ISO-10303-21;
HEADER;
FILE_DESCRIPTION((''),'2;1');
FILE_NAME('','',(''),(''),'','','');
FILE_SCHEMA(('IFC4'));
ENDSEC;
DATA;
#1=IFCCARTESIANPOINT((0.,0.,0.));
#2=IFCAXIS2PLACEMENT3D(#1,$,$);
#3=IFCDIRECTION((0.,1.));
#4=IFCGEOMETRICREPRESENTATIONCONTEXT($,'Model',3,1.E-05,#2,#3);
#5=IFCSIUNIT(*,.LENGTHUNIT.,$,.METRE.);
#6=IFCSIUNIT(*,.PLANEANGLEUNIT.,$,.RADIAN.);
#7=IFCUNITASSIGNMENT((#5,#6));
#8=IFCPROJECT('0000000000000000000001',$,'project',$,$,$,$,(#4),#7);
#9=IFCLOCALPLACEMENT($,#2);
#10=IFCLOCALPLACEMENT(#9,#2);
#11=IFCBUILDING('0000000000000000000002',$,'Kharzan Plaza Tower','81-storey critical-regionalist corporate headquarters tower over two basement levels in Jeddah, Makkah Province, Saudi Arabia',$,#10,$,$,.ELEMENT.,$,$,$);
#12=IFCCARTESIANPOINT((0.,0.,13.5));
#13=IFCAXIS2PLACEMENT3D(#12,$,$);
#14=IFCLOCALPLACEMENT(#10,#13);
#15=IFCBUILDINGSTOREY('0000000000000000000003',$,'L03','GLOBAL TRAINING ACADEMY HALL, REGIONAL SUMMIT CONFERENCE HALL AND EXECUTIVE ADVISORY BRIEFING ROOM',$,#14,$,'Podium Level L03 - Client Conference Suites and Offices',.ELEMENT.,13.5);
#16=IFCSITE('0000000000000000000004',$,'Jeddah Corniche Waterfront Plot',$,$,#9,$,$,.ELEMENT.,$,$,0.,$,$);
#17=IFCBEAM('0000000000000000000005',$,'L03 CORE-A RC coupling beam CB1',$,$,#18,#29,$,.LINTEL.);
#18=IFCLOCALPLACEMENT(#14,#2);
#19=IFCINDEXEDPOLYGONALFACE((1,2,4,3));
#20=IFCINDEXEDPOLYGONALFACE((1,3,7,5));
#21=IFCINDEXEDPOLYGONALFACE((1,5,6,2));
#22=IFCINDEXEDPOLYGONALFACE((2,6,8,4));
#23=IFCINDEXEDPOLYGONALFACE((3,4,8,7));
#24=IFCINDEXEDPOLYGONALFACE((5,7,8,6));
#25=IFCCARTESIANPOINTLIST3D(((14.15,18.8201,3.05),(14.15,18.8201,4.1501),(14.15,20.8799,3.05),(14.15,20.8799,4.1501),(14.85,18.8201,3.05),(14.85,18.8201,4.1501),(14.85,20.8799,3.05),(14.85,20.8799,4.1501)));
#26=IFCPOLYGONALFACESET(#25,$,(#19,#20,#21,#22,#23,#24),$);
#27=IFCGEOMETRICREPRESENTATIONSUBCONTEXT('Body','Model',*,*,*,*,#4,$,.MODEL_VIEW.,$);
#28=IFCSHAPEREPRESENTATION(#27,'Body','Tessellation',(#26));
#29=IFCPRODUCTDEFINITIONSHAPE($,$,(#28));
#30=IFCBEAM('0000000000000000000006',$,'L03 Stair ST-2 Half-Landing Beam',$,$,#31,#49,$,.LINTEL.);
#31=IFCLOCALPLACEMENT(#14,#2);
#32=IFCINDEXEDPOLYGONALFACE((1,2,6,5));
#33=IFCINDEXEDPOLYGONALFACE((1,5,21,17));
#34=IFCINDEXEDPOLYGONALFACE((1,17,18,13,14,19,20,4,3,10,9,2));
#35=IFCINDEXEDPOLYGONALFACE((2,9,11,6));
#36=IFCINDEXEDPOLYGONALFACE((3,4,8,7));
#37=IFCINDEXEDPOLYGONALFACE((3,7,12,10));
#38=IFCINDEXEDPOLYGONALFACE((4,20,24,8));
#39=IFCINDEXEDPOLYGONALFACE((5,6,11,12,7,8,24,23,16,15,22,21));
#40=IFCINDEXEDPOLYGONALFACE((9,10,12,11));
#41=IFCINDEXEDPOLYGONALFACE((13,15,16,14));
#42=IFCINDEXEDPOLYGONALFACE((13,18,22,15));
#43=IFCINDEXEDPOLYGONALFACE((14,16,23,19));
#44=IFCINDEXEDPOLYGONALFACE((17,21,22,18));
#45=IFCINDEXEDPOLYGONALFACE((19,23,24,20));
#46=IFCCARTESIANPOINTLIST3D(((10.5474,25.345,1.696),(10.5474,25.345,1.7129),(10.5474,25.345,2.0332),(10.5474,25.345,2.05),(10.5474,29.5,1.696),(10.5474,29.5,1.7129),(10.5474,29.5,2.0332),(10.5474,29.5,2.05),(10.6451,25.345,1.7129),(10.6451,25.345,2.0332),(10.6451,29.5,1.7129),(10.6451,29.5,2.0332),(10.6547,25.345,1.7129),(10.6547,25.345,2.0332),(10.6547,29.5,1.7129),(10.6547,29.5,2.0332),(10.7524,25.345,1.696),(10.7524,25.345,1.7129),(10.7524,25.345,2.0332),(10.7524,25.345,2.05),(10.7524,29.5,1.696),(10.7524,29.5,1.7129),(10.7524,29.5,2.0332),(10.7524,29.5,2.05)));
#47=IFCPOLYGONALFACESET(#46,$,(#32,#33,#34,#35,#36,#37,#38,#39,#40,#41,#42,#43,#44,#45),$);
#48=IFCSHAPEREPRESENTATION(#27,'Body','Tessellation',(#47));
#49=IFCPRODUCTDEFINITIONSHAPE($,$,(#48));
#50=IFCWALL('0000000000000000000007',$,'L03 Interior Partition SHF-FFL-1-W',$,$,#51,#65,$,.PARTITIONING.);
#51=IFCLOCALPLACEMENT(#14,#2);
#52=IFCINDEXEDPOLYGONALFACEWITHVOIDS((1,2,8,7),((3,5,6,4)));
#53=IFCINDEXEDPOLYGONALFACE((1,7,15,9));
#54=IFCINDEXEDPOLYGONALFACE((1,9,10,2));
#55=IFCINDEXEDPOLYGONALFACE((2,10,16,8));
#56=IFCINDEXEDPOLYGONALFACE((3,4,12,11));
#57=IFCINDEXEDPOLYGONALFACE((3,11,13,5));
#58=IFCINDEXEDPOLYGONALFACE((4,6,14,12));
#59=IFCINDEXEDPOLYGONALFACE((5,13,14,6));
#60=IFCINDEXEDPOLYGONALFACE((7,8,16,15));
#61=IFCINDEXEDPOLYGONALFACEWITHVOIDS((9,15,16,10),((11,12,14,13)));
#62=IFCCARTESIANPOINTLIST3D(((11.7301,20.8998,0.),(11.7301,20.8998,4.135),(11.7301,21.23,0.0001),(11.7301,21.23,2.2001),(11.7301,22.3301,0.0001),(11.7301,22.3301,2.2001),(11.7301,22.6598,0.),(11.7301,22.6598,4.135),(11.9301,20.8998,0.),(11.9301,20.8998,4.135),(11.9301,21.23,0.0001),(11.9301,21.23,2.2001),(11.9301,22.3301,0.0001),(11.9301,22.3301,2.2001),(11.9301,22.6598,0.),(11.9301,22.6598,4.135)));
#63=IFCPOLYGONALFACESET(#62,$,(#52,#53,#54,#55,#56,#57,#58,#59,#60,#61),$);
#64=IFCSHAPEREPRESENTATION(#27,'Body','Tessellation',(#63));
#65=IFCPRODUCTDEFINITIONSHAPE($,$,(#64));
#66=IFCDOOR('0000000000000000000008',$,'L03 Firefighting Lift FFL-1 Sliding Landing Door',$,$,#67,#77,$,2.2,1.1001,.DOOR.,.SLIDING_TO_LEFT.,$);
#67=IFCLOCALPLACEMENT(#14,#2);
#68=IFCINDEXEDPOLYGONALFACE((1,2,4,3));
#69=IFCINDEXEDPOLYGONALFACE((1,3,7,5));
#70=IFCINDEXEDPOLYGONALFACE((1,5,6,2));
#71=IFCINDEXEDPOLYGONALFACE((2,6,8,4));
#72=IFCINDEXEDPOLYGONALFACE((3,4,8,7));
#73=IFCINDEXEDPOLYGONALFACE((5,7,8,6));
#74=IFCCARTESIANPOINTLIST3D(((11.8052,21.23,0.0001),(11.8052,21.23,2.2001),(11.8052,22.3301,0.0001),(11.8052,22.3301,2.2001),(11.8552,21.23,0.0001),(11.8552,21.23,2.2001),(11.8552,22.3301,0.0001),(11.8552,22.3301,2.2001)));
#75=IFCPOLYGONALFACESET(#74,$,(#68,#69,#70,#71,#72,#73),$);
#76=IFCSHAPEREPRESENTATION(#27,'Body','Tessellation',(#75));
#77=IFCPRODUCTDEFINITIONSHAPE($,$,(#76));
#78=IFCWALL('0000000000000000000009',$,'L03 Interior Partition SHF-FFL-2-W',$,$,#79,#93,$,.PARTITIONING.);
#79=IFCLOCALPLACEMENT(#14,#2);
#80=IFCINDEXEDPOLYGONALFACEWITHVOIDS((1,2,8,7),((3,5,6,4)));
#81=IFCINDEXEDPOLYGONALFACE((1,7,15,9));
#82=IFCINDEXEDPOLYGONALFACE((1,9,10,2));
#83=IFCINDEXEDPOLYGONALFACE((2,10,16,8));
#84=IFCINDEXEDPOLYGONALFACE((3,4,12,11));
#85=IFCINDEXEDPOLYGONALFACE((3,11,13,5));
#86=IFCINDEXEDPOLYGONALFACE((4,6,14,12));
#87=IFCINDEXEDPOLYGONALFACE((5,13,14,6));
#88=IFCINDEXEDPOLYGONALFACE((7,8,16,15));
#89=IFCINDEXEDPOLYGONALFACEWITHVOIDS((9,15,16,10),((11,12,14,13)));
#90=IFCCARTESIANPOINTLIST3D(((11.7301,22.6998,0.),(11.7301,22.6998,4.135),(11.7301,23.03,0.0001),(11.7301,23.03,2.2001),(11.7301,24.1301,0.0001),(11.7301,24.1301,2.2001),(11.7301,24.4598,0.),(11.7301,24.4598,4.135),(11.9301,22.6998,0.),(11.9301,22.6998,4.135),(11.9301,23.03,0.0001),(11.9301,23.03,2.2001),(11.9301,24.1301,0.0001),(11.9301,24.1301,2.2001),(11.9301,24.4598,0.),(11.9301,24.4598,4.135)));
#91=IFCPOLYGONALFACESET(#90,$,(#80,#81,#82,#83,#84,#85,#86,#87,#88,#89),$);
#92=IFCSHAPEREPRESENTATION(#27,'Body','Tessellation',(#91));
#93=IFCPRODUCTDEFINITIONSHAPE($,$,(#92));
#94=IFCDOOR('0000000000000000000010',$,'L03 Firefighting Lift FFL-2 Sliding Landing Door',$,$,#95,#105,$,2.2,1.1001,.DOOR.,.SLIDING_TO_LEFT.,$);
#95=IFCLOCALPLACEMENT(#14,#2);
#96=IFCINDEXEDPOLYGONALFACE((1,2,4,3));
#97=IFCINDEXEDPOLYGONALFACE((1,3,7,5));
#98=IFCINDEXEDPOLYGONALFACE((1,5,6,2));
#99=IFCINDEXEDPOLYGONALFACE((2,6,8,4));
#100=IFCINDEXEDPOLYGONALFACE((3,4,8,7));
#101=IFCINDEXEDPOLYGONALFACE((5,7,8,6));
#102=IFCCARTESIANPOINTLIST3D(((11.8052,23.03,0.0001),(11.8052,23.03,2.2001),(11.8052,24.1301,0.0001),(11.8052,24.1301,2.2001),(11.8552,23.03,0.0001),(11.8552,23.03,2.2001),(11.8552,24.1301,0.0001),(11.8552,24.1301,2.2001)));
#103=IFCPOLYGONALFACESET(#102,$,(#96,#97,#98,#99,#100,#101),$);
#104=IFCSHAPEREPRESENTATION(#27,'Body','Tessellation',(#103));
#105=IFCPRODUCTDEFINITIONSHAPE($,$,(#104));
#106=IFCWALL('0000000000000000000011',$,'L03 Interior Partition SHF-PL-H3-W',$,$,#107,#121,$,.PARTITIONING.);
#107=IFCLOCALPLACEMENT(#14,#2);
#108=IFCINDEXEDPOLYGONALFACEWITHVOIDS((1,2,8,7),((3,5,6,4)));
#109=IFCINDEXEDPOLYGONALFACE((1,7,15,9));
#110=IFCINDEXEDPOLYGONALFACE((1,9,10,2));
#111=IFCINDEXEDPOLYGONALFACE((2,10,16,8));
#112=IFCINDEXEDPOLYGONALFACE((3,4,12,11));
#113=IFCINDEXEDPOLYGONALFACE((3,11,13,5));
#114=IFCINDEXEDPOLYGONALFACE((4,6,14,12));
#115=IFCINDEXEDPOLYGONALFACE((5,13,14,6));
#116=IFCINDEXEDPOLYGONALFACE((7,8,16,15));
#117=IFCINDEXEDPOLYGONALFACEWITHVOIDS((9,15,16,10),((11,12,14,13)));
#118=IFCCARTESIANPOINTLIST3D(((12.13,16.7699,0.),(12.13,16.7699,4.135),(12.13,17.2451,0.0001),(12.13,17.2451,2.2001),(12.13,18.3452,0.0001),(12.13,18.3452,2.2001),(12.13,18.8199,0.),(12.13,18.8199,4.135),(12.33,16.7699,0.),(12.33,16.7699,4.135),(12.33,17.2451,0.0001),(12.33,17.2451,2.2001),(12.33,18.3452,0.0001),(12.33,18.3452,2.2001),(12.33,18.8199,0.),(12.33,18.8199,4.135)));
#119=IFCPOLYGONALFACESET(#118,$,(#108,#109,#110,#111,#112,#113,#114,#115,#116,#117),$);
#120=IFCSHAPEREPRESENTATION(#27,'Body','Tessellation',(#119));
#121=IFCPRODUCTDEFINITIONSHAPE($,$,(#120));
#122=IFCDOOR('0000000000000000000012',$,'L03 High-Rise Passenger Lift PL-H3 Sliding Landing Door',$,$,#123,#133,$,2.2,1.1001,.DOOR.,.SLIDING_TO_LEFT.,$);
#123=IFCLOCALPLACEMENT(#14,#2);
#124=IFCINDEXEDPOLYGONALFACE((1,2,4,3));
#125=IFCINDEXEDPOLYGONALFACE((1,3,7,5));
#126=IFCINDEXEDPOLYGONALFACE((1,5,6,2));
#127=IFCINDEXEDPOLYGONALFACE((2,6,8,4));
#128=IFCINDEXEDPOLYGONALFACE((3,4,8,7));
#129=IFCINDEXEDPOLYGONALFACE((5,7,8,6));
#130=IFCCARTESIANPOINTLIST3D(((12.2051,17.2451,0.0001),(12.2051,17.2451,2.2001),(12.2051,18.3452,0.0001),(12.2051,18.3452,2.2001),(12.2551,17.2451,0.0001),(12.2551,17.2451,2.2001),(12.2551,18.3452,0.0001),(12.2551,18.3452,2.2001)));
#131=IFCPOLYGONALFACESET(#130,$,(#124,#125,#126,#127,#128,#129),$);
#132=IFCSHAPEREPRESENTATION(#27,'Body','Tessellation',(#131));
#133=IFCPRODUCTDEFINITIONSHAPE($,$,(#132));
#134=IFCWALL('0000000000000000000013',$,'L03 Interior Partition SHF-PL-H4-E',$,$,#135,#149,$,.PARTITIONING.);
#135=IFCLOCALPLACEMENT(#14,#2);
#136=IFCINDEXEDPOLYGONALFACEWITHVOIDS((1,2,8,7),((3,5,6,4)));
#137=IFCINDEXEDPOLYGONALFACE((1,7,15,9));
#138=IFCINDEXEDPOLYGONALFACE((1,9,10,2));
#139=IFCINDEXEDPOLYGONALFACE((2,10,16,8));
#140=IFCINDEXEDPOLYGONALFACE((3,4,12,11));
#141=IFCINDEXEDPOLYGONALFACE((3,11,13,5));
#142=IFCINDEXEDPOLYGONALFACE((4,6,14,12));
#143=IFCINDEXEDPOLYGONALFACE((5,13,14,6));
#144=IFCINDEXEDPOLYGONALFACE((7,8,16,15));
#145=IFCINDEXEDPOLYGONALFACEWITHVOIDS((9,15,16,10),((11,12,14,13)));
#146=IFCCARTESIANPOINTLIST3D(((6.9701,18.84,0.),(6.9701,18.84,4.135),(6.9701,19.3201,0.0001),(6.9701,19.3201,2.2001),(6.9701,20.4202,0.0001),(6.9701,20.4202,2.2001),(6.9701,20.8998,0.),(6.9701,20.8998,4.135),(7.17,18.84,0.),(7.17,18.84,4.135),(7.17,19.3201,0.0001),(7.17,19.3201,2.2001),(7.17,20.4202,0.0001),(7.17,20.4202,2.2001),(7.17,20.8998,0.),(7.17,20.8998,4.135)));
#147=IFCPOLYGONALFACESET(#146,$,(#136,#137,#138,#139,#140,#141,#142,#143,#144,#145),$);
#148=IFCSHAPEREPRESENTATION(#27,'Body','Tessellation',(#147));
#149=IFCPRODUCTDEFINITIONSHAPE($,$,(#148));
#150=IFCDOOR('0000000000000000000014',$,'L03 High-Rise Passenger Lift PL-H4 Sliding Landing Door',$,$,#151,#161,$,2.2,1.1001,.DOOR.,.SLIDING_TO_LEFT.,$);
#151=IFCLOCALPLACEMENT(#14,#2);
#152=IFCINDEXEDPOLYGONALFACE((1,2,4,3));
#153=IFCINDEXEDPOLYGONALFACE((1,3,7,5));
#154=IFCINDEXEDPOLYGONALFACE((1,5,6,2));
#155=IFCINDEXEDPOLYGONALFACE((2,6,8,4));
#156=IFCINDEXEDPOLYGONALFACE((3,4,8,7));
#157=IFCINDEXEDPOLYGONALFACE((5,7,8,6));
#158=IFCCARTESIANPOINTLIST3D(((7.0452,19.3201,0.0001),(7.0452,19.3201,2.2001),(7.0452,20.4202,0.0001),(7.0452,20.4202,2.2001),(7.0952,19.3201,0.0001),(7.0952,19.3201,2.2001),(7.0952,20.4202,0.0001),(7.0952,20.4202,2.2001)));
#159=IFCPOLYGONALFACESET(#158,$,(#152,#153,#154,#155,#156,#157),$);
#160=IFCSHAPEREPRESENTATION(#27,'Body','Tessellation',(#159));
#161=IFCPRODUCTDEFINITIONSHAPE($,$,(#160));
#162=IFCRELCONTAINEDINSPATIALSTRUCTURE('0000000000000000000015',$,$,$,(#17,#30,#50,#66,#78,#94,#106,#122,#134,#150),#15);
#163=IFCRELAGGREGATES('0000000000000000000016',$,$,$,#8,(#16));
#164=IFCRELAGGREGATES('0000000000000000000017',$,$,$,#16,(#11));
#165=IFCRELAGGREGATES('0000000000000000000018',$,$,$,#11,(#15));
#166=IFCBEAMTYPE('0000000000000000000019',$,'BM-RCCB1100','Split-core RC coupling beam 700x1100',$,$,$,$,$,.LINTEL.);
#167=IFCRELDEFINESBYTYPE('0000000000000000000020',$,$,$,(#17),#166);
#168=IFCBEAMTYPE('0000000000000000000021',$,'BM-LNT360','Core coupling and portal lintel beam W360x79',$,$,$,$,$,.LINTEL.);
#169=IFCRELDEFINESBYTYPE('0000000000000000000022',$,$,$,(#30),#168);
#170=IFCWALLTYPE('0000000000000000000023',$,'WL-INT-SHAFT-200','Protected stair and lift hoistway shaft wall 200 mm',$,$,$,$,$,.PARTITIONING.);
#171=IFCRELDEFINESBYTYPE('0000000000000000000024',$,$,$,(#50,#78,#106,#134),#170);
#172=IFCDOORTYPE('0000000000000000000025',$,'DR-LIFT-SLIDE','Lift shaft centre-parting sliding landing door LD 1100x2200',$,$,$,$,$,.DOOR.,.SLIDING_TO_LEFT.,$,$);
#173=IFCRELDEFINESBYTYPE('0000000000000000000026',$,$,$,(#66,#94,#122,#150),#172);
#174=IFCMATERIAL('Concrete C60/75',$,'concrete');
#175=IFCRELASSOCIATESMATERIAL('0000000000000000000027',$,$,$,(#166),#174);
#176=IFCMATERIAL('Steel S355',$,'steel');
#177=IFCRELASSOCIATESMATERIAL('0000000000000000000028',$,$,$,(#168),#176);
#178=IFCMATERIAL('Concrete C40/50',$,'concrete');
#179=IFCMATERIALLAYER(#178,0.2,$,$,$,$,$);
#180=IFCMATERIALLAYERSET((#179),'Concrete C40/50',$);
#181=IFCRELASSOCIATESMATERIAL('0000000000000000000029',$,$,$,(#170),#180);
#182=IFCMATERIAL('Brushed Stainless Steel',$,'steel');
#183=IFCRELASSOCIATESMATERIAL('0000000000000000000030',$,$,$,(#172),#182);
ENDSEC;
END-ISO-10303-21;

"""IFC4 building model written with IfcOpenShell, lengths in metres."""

from ifc_helpers import new_model, si_unit, direction, frame, frame_2d, origin, origin_2d, place, context, subcontext, project, spatial, rectangle, i_section, extrude, source, transform, mapped, material, layer, layer_set, material_profile, profile_set, type_object, element, fill, save


model = new_model("IFC4")

# Units and contexts
model_context = context("Model", 3, precision=1e-05, world=origin(), true_north=direction((0.0, 1.0)))
body_context = subcontext(model_context, "Body", "Model", "MODEL_VIEW")
ifc_project = project(units=[si_unit("LENGTHUNIT", "METRE"), si_unit("PLANEANGLEUNIT", "RADIAN")], contexts=[model_context])

# Site, building, storey
site_placement = place(None, origin())
site = spatial("IfcSite", under=ifc_project, at=site_placement, Name="Jeddah Corniche Waterfront Plot", CompositionType="ELEMENT", RefElevation=0.0)
building_placement = place(site_placement, origin())
building = spatial("IfcBuilding", under=site, at=building_placement, Name="Kharzan Plaza Tower", Description="81-storey critical-regionalist corporate headquarters tower over two basement levels in Jeddah, Makkah Province, Saudi Arabia", CompositionType="ELEMENT")
storey_placement = place(building_placement, frame((0.0, 0.0, 13.5)))
storey = spatial("IfcBuildingStorey", under=building, at=storey_placement, Name="L03", Description="GLOBAL TRAINING ACADEMY HALL, REGIONAL SUMMIT CONFERENCE HALL AND EXECUTIVE ADVISORY BRIEFING ROOM", LongName="Podium Level L03 - Client Conference Suites and Offices", CompositionType="ELEMENT", Elevation=13.5)

# Beams
ifc_material_1 = material(Name="Concrete C60/75", Category="concrete")
ifc_material_profile_1 = material_profile(ifc_material_1, rectangle(XDim=0.7, YDim=1.1001, at=origin_2d()), Name="RC-CB1100x700")
ifc_profile_set_1 = profile_set([ifc_material_profile_1], Name="Concrete C60/75")
beam_type_1 = type_object("IfcBeamType", Name="BM-RCCB1100", Description="Split-core RC coupling beam 700x1100", PredefinedType="LINTEL", material=ifc_profile_set_1)
shared_shape_1 = source(origin(), body_context, "Body", "SweptSolid", [
    extrude(rectangle(XDim=0.7, YDim=1.1001, at=origin_2d()), origin(), (0.0, 0.0, 1.0), 2.0598),
])
beam_1_placement = place(storey_placement, frame((14.5, 18.8201, 3.6001), z_axis=(0.0, 1.0, 0.0), x_axis=(-1.0, 0.0, 0.0)))
element("IfcBeam", 1, at=beam_1_placement, inside=storey, type_object=beam_type_1, Name="L03 CORE-A RC coupling beam CB1", PredefinedType="LINTEL", context=body_context, shape_type="MappedRepresentation", body=[
    mapped(shared_shape_1, transform((0.0, 0.0, 0.0), x_axis=(1.0, 0.0, 0.0), y_axis=(0.0, 1.0, 0.0), z_axis=(0.0, 0.0, 1.0))),
])
ifc_material_2 = material(Name="Steel S355", Category="steel")
ifc_material_profile_2 = material_profile(ifc_material_2, i_section(OverallWidth=0.2051, OverallDepth=0.354, WebThickness=0.0095, FlangeThickness=0.0168, at=origin_2d()), Name="W360x79")
ifc_profile_set_2 = profile_set([ifc_material_profile_2], Name="Steel S355")
beam_type_2 = type_object("IfcBeamType", Name="BM-LNT360", Description="Core coupling and portal lintel beam W360x79", PredefinedType="LINTEL", material=ifc_profile_set_2)
shared_shape_2 = source(origin(), body_context, "Body", "SweptSolid", [
    extrude(i_section(OverallWidth=0.2051, OverallDepth=0.354, WebThickness=0.0095, FlangeThickness=0.0168, at=origin_2d()), origin(), (0.0, 0.0, 1.0), 4.155),
])
beam_2_placement = place(storey_placement, frame((10.6499, 25.345, 1.873), z_axis=(0.0, 1.0, 0.0), x_axis=(-1.0, 0.0, 0.0)))
element("IfcBeam", 2, at=beam_2_placement, inside=storey, type_object=beam_type_2, Name="L03 Stair ST-2 Half-Landing Beam", PredefinedType="LINTEL", context=body_context, shape_type="MappedRepresentation", body=[
    mapped(shared_shape_2, transform((0.0, 0.0, 0.0), x_axis=(1.0, 0.0, 0.0), y_axis=(0.0, 1.0, 0.0), z_axis=(0.0, 0.0, 1.0))),
])

# Walls, openings, doors
ifc_material_3 = material(Name="Concrete C40/50", Category="concrete")
ifc_layer_1 = layer(ifc_material_3, 0.2)
ifc_layer_set_1 = layer_set([ifc_layer_1], Name="Concrete C40/50")
wall_type_1 = type_object("IfcWallType", Name="WL-INT-SHAFT-200", Description="Protected stair and lift hoistway shaft wall 200 mm", PredefinedType="PARTITIONING", material=ifc_layer_set_1)
wall_1_placement = place(storey_placement, frame((11.8301, 20.8999, 0.0), z_axis=(0.0, 0.0, 1.0), x_axis=(0.0, 1.0, 0.0)))
wall_1 = element("IfcWall", 3, at=wall_1_placement, inside=storey, type_object=wall_type_1, Name="L03 Interior Partition SHF-FFL-1-W", PredefinedType="PARTITIONING", context=body_context, shape_type="SweptSolid", body=[
    extrude(rectangle(XDim=1.76, YDim=0.2, at=frame_2d((0.8799, 0.0))), origin(), (0.0, 0.0, 1.0), 4.135),
])
opening_1_placement = place(wall_1_placement, frame((0.3301, 0.0, 0.0)))
opening_1 = element("IfcOpeningElement", 4, at=opening_1_placement, cuts=wall_1, PredefinedType="OPENING", context=body_context, shape_type="SweptSolid", body=[
    extrude(rectangle(XDim=1.1001, YDim=2.2, at=frame_2d((0.55, 1.1001))), frame((0.0, 0.1099, 0.0), z_axis=(0.0, -1.0, 0.0), x_axis=(1.0, 0.0, 0.0)), (0.0, 0.0, 1.0), 0.22),
])
ifc_material_4 = material(Name="Brushed Stainless Steel", Category="steel")
door_type_1 = type_object("IfcDoorType", Name="DR-LIFT-SLIDE", Description="Lift shaft centre-parting sliding landing door LD 1100x2200", OperationType="SLIDING_TO_LEFT", PredefinedType="DOOR", material=ifc_material_4)
shared_shape_3 = source(origin(), body_context, "Body", "SweptSolid", [
    extrude(rectangle(XDim=1.1001, YDim=2.2, at=frame_2d((0.55, 1.1001))), frame((0.0, 0.0249, 0.0), z_axis=(0.0, -1.0, 0.0), x_axis=(1.0, 0.0, 0.0)), (0.0, 0.0, 1.0), 0.05),
])
door_1_placement = place(opening_1_placement, origin())
door_1 = element("IfcDoor", 5, at=door_1_placement, inside=storey, type_object=door_type_1, Name="L03 Firefighting Lift FFL-1 Sliding Landing Door", OperationType="SLIDING_TO_LEFT", OverallHeight=2.2, OverallWidth=1.1001, PredefinedType="DOOR", context=body_context, shape_type="MappedRepresentation", body=[
    mapped(shared_shape_3, transform((0.0, 0.0, 0.0), x_axis=(1.0, 0.0, 0.0), y_axis=(0.0, 1.0, 0.0), z_axis=(0.0, 0.0, 1.0))),
])
fill(opening_1, door_1)
wall_2_placement = place(storey_placement, frame((11.8301, 22.7, 0.0), z_axis=(0.0, 0.0, 1.0), x_axis=(0.0, 1.0, 0.0)))
wall_2 = element("IfcWall", 6, at=wall_2_placement, inside=storey, type_object=wall_type_1, Name="L03 Interior Partition SHF-FFL-2-W", PredefinedType="PARTITIONING", context=body_context, shape_type="SweptSolid", body=[
    extrude(rectangle(XDim=1.76, YDim=0.2, at=frame_2d((0.8799, 0.0))), origin(), (0.0, 0.0, 1.0), 4.135),
])
opening_2_placement = place(wall_2_placement, frame((0.3301, 0.0, 0.0)))
opening_2 = element("IfcOpeningElement", 7, at=opening_2_placement, cuts=wall_2, PredefinedType="OPENING", context=body_context, shape_type="SweptSolid", body=[
    extrude(rectangle(XDim=1.1001, YDim=2.2, at=frame_2d((0.55, 1.1001))), frame((0.0, 0.1099, 0.0), z_axis=(0.0, -1.0, 0.0), x_axis=(1.0, 0.0, 0.0)), (0.0, 0.0, 1.0), 0.22),
])
door_2_placement = place(opening_2_placement, origin())
door_2 = element("IfcDoor", 8, at=door_2_placement, inside=storey, type_object=door_type_1, Name="L03 Firefighting Lift FFL-2 Sliding Landing Door", OperationType="SLIDING_TO_LEFT", OverallHeight=2.2, OverallWidth=1.1001, PredefinedType="DOOR", context=body_context, shape_type="MappedRepresentation", body=[
    mapped(shared_shape_3, transform((0.0, 0.0, 0.0), x_axis=(1.0, 0.0, 0.0), y_axis=(0.0, 1.0, 0.0), z_axis=(0.0, 0.0, 1.0))),
])
fill(opening_2, door_2)
wall_3_placement = place(storey_placement, frame((12.23, 16.77, 0.0), z_axis=(0.0, 0.0, 1.0), x_axis=(0.0, 1.0, 0.0)))
wall_3 = element("IfcWall", 9, at=wall_3_placement, inside=storey, type_object=wall_type_1, Name="L03 Interior Partition SHF-PL-H3-W", PredefinedType="PARTITIONING", context=body_context, shape_type="SweptSolid", body=[
    extrude(rectangle(XDim=2.05, YDim=0.2, at=frame_2d((1.0249, 0.0))), origin(), (0.0, 0.0, 1.0), 4.135),
])
opening_3_placement = place(wall_3_placement, frame((0.4751, 0.0, 0.0)))
opening_3 = element("IfcOpeningElement", 10, at=opening_3_placement, cuts=wall_3, PredefinedType="OPENING", context=body_context, shape_type="SweptSolid", body=[
    extrude(rectangle(XDim=1.1001, YDim=2.2, at=frame_2d((0.55, 1.1001))), frame((0.0, 0.1099, 0.0), z_axis=(0.0, -1.0, 0.0), x_axis=(1.0, 0.0, 0.0)), (0.0, 0.0, 1.0), 0.22),
])
door_3_placement = place(opening_3_placement, origin())
door_3 = element("IfcDoor", 11, at=door_3_placement, inside=storey, type_object=door_type_1, Name="L03 High-Rise Passenger Lift PL-H3 Sliding Landing Door", OperationType="SLIDING_TO_LEFT", OverallHeight=2.2, OverallWidth=1.1001, PredefinedType="DOOR", context=body_context, shape_type="MappedRepresentation", body=[
    mapped(shared_shape_3, transform((0.0, 0.0, 0.0), x_axis=(1.0, 0.0, 0.0), y_axis=(0.0, 1.0, 0.0), z_axis=(0.0, 0.0, 1.0))),
])
fill(opening_3, door_3)
wall_4_placement = place(storey_placement, frame((7.0701, 18.8401, 0.0), z_axis=(0.0, 0.0, 1.0), x_axis=(0.0, 1.0, 0.0)))
wall_4 = element("IfcWall", 12, at=wall_4_placement, inside=storey, type_object=wall_type_1, Name="L03 Interior Partition SHF-PL-H4-E", PredefinedType="PARTITIONING", context=body_context, shape_type="SweptSolid", body=[
    extrude(rectangle(XDim=2.0598, YDim=0.2, at=frame_2d((1.0298, 0.0))), origin(), (0.0, 0.0, 1.0), 4.135),
])
opening_4_placement = place(wall_4_placement, frame((0.48, 0.0, 0.0)))
opening_4 = element("IfcOpeningElement", 13, at=opening_4_placement, cuts=wall_4, PredefinedType="OPENING", context=body_context, shape_type="SweptSolid", body=[
    extrude(rectangle(XDim=1.1001, YDim=2.2, at=frame_2d((0.55, 1.1001))), frame((0.0, 0.1099, 0.0), z_axis=(0.0, -1.0, 0.0), x_axis=(1.0, 0.0, 0.0)), (0.0, 0.0, 1.0), 0.22),
])
door_4_placement = place(opening_4_placement, origin())
door_4 = element("IfcDoor", 14, at=door_4_placement, inside=storey, type_object=door_type_1, Name="L03 High-Rise Passenger Lift PL-H4 Sliding Landing Door", OperationType="SLIDING_TO_LEFT", OverallHeight=2.2, OverallWidth=1.1001, PredefinedType="DOOR", context=body_context, shape_type="MappedRepresentation", body=[
    mapped(shared_shape_3, transform((0.0, 0.0, 0.0), x_axis=(1.0, 0.0, 0.0), y_axis=(0.0, 1.0, 0.0), z_axis=(0.0, 0.0, 1.0))),
])
fill(opening_4, door_4)

save(model, "model.ifc")
